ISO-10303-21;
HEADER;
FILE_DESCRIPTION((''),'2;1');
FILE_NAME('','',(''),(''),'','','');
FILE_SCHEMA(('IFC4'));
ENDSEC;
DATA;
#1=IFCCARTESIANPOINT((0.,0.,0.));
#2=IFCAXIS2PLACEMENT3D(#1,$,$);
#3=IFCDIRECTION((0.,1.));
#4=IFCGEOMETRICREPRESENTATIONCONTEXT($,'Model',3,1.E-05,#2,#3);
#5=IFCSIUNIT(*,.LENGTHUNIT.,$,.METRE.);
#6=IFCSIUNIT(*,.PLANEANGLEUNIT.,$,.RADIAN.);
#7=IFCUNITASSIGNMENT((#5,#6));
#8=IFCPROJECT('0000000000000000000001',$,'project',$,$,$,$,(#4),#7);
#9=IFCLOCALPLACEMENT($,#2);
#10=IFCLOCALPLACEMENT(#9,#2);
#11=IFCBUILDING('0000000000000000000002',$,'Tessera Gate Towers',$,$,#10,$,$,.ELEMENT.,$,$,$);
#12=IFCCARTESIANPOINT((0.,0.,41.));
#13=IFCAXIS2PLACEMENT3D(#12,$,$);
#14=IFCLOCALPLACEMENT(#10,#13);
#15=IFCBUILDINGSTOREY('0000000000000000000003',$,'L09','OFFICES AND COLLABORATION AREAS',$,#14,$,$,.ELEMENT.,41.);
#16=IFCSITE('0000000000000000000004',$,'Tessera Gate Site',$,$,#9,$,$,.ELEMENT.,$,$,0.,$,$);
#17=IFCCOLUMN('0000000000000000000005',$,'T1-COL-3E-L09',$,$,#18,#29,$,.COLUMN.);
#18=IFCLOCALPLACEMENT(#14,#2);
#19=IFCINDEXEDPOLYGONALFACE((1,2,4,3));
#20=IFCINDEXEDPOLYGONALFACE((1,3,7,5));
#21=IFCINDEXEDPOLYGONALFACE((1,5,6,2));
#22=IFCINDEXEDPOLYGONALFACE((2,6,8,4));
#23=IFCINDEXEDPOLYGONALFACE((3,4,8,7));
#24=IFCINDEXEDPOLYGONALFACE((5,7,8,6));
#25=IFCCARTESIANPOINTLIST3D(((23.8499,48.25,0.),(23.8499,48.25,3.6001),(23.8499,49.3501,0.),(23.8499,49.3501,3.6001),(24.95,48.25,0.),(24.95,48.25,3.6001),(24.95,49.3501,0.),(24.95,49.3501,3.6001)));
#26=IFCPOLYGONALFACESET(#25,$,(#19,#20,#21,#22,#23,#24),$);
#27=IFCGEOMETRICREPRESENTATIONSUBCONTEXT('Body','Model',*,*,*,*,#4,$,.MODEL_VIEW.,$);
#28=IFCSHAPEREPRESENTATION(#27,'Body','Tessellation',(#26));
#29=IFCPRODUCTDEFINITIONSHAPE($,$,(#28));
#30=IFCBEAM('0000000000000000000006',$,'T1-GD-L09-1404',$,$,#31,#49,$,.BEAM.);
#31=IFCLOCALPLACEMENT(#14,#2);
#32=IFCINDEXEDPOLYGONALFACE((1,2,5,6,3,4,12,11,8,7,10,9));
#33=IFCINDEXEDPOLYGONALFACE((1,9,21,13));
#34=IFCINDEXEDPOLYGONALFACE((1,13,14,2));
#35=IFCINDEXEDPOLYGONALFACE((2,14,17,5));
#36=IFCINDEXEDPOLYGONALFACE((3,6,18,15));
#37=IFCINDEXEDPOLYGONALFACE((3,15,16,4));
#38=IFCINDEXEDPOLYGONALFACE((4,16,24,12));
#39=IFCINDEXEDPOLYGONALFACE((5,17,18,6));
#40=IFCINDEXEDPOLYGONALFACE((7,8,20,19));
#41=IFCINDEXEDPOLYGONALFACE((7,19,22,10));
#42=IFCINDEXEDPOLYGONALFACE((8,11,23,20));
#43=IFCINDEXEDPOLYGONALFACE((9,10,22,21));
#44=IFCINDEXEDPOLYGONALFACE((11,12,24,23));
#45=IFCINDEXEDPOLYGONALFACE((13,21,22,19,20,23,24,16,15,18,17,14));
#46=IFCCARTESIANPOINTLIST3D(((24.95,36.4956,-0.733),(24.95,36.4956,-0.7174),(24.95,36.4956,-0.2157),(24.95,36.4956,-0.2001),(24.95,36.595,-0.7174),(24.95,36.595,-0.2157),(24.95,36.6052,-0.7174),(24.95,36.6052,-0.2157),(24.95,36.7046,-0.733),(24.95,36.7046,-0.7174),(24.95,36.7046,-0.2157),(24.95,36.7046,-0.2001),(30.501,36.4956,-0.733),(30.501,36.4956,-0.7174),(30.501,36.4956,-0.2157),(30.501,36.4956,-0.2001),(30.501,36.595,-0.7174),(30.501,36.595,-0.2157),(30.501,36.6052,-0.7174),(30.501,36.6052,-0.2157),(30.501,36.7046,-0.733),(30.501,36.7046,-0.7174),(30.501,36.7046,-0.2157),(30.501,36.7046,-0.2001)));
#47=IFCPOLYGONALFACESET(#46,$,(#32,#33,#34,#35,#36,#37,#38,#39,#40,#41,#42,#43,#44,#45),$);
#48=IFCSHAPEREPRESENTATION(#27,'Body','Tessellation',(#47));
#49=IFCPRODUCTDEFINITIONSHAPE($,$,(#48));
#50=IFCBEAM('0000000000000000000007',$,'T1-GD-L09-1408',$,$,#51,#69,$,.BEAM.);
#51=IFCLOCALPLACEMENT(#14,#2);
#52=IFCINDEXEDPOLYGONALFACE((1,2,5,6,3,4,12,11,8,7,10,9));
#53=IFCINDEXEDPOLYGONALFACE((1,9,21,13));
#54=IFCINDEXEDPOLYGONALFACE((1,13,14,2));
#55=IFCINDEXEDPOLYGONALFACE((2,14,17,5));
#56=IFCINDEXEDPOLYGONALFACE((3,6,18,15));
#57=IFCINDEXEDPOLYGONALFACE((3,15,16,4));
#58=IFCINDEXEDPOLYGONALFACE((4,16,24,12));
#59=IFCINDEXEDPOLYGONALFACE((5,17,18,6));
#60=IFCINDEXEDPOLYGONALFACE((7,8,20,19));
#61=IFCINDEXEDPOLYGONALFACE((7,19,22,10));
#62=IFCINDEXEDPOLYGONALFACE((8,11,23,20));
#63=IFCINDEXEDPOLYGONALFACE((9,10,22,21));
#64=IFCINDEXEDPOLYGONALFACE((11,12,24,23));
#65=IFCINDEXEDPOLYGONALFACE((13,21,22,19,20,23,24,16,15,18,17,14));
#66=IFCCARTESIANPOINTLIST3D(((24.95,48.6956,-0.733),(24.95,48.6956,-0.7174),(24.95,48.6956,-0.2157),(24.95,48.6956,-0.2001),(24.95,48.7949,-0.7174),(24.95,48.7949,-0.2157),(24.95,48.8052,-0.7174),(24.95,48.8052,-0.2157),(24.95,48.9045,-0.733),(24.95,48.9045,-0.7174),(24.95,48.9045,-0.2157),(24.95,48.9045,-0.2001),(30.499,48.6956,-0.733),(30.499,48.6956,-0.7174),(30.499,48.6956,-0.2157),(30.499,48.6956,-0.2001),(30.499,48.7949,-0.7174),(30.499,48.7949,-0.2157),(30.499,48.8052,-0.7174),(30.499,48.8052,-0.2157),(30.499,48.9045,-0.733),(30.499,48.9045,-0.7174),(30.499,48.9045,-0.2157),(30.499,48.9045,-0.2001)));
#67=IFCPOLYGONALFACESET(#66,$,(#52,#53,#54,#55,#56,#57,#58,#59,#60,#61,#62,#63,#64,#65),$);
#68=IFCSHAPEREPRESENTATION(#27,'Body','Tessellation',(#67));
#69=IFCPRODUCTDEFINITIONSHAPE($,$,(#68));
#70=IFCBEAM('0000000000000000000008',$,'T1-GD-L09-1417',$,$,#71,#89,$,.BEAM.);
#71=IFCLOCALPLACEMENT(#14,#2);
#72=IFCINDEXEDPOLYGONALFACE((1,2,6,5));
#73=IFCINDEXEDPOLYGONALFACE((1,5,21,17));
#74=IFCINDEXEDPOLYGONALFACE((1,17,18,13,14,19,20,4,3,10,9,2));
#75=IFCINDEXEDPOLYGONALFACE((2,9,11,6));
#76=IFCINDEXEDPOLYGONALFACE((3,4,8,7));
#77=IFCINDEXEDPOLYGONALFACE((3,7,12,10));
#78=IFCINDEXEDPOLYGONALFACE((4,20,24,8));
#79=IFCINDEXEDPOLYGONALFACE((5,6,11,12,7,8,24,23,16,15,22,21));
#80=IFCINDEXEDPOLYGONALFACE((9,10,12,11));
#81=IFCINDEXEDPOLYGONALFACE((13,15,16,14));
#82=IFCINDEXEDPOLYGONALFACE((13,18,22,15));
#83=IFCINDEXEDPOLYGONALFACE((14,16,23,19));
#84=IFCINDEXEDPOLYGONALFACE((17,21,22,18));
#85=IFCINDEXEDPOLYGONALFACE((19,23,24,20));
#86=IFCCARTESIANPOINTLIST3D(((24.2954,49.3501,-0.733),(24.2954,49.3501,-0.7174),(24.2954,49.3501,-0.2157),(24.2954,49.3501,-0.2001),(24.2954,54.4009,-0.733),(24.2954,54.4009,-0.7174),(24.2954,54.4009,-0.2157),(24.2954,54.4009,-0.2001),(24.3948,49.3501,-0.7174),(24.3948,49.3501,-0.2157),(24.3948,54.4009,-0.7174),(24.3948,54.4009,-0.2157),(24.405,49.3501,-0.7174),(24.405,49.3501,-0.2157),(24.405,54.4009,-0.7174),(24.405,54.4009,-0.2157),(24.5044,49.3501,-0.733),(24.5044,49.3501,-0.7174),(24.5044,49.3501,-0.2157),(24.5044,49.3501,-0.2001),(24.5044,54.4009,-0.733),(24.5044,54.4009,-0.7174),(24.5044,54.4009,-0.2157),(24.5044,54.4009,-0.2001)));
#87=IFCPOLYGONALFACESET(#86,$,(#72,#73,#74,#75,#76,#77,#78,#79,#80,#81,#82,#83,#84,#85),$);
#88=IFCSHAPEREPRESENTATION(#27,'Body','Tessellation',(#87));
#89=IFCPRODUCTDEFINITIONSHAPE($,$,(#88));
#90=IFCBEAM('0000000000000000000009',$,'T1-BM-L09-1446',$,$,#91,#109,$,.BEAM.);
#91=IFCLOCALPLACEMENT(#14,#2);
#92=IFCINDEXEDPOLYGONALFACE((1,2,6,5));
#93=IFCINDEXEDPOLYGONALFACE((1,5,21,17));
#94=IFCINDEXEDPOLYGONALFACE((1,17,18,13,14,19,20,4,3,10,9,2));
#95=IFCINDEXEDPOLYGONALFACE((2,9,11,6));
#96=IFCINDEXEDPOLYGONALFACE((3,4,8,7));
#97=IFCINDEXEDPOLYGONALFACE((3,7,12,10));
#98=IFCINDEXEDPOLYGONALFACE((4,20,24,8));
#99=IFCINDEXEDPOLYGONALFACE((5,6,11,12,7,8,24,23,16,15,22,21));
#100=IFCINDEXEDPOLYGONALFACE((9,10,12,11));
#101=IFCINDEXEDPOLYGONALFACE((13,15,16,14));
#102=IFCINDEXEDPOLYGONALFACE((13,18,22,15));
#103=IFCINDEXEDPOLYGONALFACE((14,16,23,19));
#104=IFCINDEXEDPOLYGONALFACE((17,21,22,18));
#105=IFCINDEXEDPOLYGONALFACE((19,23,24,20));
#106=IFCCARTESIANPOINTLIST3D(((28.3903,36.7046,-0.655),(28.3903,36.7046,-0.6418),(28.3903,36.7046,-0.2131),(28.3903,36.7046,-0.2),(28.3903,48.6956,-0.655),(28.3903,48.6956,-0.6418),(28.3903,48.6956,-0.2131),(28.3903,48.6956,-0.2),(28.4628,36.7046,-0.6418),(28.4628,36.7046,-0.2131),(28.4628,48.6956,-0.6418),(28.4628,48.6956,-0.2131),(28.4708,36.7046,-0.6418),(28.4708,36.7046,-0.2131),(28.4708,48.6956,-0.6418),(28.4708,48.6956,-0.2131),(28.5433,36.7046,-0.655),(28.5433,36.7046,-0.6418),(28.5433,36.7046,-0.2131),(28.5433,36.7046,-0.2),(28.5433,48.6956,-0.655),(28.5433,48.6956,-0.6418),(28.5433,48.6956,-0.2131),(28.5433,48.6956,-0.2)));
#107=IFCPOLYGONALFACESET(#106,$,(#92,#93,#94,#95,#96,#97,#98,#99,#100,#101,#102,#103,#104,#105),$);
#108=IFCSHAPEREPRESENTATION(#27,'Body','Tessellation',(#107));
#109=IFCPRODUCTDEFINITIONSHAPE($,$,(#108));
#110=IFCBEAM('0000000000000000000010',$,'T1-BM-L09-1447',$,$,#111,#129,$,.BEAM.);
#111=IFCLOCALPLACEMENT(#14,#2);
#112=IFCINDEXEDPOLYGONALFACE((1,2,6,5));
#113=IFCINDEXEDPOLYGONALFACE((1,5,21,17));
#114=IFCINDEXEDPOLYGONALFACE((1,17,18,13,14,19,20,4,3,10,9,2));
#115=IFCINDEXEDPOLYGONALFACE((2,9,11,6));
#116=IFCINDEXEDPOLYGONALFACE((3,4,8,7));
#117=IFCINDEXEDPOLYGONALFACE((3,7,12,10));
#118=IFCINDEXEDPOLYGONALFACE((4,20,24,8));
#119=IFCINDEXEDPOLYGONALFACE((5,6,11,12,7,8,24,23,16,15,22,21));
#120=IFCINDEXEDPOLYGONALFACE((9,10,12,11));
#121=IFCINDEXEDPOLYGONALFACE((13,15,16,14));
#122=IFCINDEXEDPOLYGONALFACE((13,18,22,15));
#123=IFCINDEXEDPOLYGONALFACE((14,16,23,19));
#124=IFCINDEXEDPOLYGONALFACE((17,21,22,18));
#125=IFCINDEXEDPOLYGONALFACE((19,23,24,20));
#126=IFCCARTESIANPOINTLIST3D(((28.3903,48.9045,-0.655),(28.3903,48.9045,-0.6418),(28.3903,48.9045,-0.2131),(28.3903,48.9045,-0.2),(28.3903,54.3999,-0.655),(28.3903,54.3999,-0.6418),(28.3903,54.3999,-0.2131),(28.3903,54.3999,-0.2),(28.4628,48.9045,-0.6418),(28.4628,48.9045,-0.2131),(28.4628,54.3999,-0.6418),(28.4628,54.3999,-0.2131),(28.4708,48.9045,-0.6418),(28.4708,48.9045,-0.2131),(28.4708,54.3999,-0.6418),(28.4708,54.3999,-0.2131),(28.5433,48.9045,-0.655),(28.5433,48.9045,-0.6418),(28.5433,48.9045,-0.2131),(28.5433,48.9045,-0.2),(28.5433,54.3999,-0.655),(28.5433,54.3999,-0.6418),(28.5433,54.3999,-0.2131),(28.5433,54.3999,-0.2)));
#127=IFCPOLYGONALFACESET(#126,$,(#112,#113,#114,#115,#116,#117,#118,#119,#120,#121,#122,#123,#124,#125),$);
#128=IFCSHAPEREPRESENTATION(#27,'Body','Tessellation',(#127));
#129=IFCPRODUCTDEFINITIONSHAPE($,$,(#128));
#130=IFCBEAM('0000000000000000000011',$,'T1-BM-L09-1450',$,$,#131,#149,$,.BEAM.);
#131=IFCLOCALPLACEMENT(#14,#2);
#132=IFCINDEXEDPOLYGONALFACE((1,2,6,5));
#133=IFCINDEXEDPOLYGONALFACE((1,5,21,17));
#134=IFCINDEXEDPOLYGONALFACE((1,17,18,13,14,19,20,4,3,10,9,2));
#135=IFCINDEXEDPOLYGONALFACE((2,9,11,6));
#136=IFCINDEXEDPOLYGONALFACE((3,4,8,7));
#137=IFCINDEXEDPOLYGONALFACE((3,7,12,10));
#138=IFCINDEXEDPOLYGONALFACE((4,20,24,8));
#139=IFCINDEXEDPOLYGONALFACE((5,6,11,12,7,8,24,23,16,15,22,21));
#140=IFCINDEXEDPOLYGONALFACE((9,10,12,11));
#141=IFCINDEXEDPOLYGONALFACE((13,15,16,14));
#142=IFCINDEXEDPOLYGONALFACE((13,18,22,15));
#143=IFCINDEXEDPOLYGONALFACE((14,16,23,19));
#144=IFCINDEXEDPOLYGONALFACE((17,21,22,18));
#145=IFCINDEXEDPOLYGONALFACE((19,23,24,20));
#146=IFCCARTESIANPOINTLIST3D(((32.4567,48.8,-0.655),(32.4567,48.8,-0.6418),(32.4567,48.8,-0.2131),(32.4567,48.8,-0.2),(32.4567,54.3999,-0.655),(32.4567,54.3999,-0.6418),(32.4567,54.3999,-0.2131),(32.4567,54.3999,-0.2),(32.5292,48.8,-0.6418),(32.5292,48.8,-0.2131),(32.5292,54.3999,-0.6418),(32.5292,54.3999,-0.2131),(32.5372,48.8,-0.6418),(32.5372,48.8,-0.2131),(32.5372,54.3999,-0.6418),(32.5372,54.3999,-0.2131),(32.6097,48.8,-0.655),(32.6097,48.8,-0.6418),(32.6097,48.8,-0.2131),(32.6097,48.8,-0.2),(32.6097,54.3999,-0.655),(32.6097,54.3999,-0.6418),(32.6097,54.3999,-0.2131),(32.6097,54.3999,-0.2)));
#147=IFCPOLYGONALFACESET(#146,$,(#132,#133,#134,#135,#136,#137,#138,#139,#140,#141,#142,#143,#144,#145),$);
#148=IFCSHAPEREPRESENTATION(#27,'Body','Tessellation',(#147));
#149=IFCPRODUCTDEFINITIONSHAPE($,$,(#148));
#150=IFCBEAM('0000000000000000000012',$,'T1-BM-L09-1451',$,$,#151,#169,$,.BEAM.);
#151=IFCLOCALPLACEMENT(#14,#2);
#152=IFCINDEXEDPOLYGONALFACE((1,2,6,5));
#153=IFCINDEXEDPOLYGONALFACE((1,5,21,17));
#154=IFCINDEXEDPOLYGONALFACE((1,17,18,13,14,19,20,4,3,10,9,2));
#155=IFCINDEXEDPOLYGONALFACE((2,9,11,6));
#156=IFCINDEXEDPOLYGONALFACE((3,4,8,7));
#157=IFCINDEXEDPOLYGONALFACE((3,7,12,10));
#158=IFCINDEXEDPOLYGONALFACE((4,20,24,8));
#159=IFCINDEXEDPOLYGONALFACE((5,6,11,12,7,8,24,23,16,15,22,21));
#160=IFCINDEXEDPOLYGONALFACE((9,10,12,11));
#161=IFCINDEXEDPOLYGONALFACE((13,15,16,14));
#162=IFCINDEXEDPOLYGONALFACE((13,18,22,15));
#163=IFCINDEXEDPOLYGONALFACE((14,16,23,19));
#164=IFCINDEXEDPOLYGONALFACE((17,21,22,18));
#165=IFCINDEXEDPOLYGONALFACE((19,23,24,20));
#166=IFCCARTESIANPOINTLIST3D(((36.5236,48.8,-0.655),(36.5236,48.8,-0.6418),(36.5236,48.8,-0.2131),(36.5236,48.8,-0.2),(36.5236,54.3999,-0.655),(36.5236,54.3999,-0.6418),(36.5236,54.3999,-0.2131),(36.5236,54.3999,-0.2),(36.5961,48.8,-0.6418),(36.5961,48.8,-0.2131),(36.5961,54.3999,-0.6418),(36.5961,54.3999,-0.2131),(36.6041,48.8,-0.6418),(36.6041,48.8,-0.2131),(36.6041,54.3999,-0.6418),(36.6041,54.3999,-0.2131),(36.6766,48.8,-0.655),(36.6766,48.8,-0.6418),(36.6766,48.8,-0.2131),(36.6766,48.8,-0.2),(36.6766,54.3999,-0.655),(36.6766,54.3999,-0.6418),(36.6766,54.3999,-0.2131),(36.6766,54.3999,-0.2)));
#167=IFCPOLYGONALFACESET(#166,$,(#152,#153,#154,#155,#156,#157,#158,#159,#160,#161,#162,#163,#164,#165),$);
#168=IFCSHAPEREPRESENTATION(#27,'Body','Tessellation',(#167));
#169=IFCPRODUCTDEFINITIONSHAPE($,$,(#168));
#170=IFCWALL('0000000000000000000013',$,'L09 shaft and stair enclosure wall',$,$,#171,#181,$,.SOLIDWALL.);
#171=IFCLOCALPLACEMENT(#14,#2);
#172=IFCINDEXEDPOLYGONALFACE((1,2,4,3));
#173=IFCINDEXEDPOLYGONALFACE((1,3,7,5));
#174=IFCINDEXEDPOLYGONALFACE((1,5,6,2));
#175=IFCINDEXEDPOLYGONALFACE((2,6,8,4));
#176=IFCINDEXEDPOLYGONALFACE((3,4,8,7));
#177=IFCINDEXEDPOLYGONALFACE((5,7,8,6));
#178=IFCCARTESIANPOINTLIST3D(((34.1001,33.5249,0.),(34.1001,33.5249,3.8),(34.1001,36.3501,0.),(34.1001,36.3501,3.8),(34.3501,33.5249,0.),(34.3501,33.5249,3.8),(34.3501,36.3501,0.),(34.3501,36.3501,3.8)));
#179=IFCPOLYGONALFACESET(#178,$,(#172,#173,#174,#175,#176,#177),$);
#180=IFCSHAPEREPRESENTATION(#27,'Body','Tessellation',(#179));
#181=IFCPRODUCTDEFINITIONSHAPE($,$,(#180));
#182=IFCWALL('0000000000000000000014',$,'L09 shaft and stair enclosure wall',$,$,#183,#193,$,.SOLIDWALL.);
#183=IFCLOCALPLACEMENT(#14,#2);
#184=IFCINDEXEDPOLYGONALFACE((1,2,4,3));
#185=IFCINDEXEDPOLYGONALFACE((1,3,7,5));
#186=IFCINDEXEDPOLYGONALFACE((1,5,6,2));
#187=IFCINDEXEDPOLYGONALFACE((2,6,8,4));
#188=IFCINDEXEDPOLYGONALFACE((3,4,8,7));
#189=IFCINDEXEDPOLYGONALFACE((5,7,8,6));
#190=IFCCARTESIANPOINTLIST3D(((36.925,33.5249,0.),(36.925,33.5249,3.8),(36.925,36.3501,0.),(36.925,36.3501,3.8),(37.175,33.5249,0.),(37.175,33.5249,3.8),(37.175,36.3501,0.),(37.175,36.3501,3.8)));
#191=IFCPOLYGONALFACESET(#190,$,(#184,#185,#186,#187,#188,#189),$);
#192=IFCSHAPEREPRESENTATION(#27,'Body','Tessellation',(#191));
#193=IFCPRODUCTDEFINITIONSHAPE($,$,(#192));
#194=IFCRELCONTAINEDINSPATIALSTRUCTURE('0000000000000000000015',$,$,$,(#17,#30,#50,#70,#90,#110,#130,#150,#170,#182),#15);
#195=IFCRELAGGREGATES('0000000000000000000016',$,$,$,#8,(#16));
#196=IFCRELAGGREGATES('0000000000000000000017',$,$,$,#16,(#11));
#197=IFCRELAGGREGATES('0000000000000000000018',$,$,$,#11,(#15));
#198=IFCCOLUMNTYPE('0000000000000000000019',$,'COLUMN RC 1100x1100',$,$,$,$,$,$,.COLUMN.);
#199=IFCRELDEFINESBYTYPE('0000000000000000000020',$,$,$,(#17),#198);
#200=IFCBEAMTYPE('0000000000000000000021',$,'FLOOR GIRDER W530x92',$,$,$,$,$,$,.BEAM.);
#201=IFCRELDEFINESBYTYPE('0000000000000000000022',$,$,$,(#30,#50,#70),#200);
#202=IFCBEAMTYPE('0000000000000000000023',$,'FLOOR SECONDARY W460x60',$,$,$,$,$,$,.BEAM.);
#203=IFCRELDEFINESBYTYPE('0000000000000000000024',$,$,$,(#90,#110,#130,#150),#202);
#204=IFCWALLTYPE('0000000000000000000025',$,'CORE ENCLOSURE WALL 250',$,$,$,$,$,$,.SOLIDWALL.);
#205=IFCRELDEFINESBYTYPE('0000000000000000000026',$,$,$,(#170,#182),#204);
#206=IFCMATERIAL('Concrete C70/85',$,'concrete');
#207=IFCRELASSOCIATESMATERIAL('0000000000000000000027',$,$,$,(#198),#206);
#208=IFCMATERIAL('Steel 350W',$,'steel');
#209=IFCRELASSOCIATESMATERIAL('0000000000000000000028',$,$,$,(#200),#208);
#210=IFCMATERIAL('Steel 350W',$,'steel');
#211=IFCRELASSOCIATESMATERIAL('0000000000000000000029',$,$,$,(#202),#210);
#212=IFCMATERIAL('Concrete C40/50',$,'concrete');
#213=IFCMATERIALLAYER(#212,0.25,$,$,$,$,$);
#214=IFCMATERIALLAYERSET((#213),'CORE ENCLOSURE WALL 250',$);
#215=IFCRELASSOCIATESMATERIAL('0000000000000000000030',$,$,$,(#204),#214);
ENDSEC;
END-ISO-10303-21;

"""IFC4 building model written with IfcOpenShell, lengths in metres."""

from ifc_helpers import new_model, si_unit, direction, frame, frame_2d, origin, origin_2d, place, context, subcontext, project, spatial, rectangle, i_section, extrude, material, layer, layer_set, material_profile, profile_set, type_object, element, save


model = new_model("IFC4")

# Units and contexts
model_context = context("Model", 3, precision=1e-05, world=origin(), true_north=direction((0.0, 1.0)))
body_context = subcontext(model_context, "Body", "Model", "MODEL_VIEW")
ifc_project = project(units=[si_unit("LENGTHUNIT", "METRE"), si_unit("PLANEANGLEUNIT", "RADIAN")], contexts=[model_context])

# Site, building, storey
site_placement = place(None, origin())
site = spatial("IfcSite", under=ifc_project, at=site_placement, Name="Tessera Gate Site", CompositionType="ELEMENT", RefElevation=0.0)
building_placement = place(site_placement, origin())
building = spatial("IfcBuilding", under=site, at=building_placement, Name="Tessera Gate Towers", CompositionType="ELEMENT")
storey_placement = place(building_placement, frame((0.0, 0.0, 41.0)))
storey = spatial("IfcBuildingStorey", under=building, at=storey_placement, Name="L09", Description="OFFICES AND COLLABORATION AREAS", CompositionType="ELEMENT", Elevation=41.0)

# Column
ifc_material_1 = material(Name="Concrete C70/85", Category="concrete")
ifc_material_profile_1 = material_profile(ifc_material_1, rectangle(XDim=1.1001, YDim=1.1001, at=origin_2d()), Name="RC 1100x1100")
ifc_profile_set_1 = profile_set([ifc_material_profile_1], Name="Concrete C70/85")
column_type = type_object("IfcColumnType", Name="COLUMN RC 1100x1100", PredefinedType="COLUMN", material=ifc_profile_set_1)
column_placement = place(storey_placement, frame((24.3999, 48.8, 0.0), z_axis=(0.0, 0.0, 1.0), x_axis=(1.0, 0.0, 0.0)))
element("IfcColumn", 1, at=column_placement, inside=storey, type_object=column_type, Name="T1-COL-3E-L09", PredefinedType="COLUMN", context=body_context, shape_type="SweptSolid", body=[
    extrude(rectangle(XDim=1.1001, YDim=1.1001, at=origin_2d()), origin(), (0.0, 0.0, 1.0), 3.6001),
])

# Beams
ifc_material_2 = material(Name="Steel 350W", Category="steel")
ifc_material_profile_2 = material_profile(ifc_material_2, i_section(OverallWidth=0.209, OverallDepth=0.533, WebThickness=0.0103, FlangeThickness=0.0156, at=origin_2d()), Name="W530x92")
ifc_profile_set_2 = profile_set([ifc_material_profile_2], Name="Steel 350W")
beam_type_1 = type_object("IfcBeamType", Name="FLOOR GIRDER W530x92", PredefinedType="BEAM", material=ifc_profile_set_2)
beam_1_placement = place(storey_placement, frame((24.95, 36.6001, -0.4666), z_axis=(1.0, 0.0, 0.0), x_axis=(0.0, 1.0, 0.0)))
element("IfcBeam", 2, at=beam_1_placement, inside=storey, type_object=beam_type_1, Name="T1-GD-L09-1404", PredefinedType="BEAM", context=body_context, shape_type="SweptSolid", body=[
    extrude(i_section(OverallWidth=0.209, OverallDepth=0.533, WebThickness=0.0103, FlangeThickness=0.0156, at=origin_2d()), origin(), (0.0, 0.0, 1.0), 5.551),
])
beam_2_placement = place(storey_placement, frame((24.95, 48.8, -0.4666), z_axis=(1.0, 0.0, 0.0), x_axis=(0.0, 1.0, 0.0)))
element("IfcBeam", 3, at=beam_2_placement, inside=storey, type_object=beam_type_1, Name="T1-GD-L09-1408", PredefinedType="BEAM", context=body_context, shape_type="SweptSolid", body=[
    extrude(i_section(OverallWidth=0.209, OverallDepth=0.533, WebThickness=0.0103, FlangeThickness=0.0156, at=origin_2d()), origin(), (0.0, 0.0, 1.0), 5.5491),
])
beam_3_placement = place(storey_placement, frame((24.3999, 49.3501, -0.4666), z_axis=(0.0, 1.0, 0.0), x_axis=(-1.0, 0.0, 0.0)))
element("IfcBeam", 4, at=beam_3_placement, inside=storey, type_object=beam_type_1, Name="T1-GD-L09-1417", PredefinedType="BEAM", context=body_context, shape_type="SweptSolid", body=[
    extrude(i_section(OverallWidth=0.209, OverallDepth=0.533, WebThickness=0.0103, FlangeThickness=0.0156, at=origin_2d()), origin(), (0.0, 0.0, 1.0), 5.0508),
])
ifc_material_3 = material(Name="Steel 350W", Category="steel")
ifc_material_profile_3 = material_profile(ifc_material_3, i_section(OverallWidth=0.1531, OverallDepth=0.4551, WebThickness=0.0081, FlangeThickness=0.0132, at=origin_2d()), Name="W460x60")
ifc_profile_set_3 = profile_set([ifc_material_profile_3], Name="Steel 350W")
beam_type_2 = type_object("IfcBeamType", Name="FLOOR SECONDARY W460x60", PredefinedType="BEAM", material=ifc_profile_set_3)
beam_4_placement = place(storey_placement, frame((28.4668, 36.7046, -0.4275), z_axis=(0.0, 1.0, 0.0), x_axis=(-1.0, 0.0, 0.0)))
element("IfcBeam", 5, at=beam_4_placement, inside=storey, type_object=beam_type_2, Name="T1-BM-L09-1446", PredefinedType="BEAM", context=body_context, shape_type="SweptSolid", body=[
    extrude(i_section(OverallWidth=0.1531, OverallDepth=0.4551, WebThickness=0.0081, FlangeThickness=0.0132, at=origin_2d()), origin(), (0.0, 0.0, 1.0), 11.991),
])
beam_5_placement = place(storey_placement, frame((28.4668, 48.9045, -0.4275), z_axis=(0.0, 1.0, 0.0), x_axis=(-1.0, 0.0, 0.0)))
element("IfcBeam", 6, at=beam_5_placement, inside=storey, type_object=beam_type_2, Name="T1-BM-L09-1447", PredefinedType="BEAM", context=body_context, shape_type="SweptSolid", body=[
    extrude(i_section(OverallWidth=0.1531, OverallDepth=0.4551, WebThickness=0.0081, FlangeThickness=0.0132, at=origin_2d()), origin(), (0.0, 0.0, 1.0), 5.4954),
])
for number, where, z_axis, x_axis, name in (
    (7, (32.5332, 48.8, -0.4275), (0.0, 1.0, 0.0), (-1.0, 0.0, 0.0), "T1-BM-L09-1450"),
    (8, (36.6001, 48.8, -0.4275), (0.0, 1.0, 0.0), (-1.0, 0.0, 0.0), "T1-BM-L09-1451"),
):
    element("IfcBeam", number, at=place(storey_placement, frame(where, z_axis=z_axis, x_axis=x_axis)), inside=storey, type_object=beam_type_2, Name=name, PredefinedType="BEAM", context=body_context, shape_type="SweptSolid", body=[
        extrude(i_section(OverallWidth=0.1531, OverallDepth=0.4551, WebThickness=0.0081, FlangeThickness=0.0132, at=origin_2d()), origin(), (0.0, 0.0, 1.0), 5.5999),
    ])

# Walls
ifc_material_4 = material(Name="Concrete C40/50", Category="concrete")
ifc_layer_1 = layer(ifc_material_4, 0.25)
ifc_layer_set_1 = layer_set([ifc_layer_1], Name="CORE ENCLOSURE WALL 250")
wall_type_1 = type_object("IfcWallType", Name="CORE ENCLOSURE WALL 250", PredefinedType="SOLIDWALL", material=ifc_layer_set_1)
for number, where, z_axis, x_axis, name in (
    (9, (34.2251, 33.5249, 0.0), (0.0, 0.0, 1.0), (0.0, 1.0, 0.0), "L09 shaft and stair enclosure wall"),
    (10, (37.05, 33.5249, 0.0), (0.0, 0.0, 1.0), (0.0, 1.0, 0.0), "L09 shaft and stair enclosure wall"),
):
    element("IfcWall", number, at=place(storey_placement, frame(where, z_axis=z_axis, x_axis=x_axis)), inside=storey, type_object=wall_type_1, Name=name, PredefinedType="SOLIDWALL", context=body_context, shape_type="SweptSolid", body=[
        extrude(rectangle(XDim=2.8252, YDim=0.25, at=frame_2d((1.4126, 0.0))), origin(), (0.0, 0.0, 1.0), 3.8),
    ])

save(model, "model.ifc")
